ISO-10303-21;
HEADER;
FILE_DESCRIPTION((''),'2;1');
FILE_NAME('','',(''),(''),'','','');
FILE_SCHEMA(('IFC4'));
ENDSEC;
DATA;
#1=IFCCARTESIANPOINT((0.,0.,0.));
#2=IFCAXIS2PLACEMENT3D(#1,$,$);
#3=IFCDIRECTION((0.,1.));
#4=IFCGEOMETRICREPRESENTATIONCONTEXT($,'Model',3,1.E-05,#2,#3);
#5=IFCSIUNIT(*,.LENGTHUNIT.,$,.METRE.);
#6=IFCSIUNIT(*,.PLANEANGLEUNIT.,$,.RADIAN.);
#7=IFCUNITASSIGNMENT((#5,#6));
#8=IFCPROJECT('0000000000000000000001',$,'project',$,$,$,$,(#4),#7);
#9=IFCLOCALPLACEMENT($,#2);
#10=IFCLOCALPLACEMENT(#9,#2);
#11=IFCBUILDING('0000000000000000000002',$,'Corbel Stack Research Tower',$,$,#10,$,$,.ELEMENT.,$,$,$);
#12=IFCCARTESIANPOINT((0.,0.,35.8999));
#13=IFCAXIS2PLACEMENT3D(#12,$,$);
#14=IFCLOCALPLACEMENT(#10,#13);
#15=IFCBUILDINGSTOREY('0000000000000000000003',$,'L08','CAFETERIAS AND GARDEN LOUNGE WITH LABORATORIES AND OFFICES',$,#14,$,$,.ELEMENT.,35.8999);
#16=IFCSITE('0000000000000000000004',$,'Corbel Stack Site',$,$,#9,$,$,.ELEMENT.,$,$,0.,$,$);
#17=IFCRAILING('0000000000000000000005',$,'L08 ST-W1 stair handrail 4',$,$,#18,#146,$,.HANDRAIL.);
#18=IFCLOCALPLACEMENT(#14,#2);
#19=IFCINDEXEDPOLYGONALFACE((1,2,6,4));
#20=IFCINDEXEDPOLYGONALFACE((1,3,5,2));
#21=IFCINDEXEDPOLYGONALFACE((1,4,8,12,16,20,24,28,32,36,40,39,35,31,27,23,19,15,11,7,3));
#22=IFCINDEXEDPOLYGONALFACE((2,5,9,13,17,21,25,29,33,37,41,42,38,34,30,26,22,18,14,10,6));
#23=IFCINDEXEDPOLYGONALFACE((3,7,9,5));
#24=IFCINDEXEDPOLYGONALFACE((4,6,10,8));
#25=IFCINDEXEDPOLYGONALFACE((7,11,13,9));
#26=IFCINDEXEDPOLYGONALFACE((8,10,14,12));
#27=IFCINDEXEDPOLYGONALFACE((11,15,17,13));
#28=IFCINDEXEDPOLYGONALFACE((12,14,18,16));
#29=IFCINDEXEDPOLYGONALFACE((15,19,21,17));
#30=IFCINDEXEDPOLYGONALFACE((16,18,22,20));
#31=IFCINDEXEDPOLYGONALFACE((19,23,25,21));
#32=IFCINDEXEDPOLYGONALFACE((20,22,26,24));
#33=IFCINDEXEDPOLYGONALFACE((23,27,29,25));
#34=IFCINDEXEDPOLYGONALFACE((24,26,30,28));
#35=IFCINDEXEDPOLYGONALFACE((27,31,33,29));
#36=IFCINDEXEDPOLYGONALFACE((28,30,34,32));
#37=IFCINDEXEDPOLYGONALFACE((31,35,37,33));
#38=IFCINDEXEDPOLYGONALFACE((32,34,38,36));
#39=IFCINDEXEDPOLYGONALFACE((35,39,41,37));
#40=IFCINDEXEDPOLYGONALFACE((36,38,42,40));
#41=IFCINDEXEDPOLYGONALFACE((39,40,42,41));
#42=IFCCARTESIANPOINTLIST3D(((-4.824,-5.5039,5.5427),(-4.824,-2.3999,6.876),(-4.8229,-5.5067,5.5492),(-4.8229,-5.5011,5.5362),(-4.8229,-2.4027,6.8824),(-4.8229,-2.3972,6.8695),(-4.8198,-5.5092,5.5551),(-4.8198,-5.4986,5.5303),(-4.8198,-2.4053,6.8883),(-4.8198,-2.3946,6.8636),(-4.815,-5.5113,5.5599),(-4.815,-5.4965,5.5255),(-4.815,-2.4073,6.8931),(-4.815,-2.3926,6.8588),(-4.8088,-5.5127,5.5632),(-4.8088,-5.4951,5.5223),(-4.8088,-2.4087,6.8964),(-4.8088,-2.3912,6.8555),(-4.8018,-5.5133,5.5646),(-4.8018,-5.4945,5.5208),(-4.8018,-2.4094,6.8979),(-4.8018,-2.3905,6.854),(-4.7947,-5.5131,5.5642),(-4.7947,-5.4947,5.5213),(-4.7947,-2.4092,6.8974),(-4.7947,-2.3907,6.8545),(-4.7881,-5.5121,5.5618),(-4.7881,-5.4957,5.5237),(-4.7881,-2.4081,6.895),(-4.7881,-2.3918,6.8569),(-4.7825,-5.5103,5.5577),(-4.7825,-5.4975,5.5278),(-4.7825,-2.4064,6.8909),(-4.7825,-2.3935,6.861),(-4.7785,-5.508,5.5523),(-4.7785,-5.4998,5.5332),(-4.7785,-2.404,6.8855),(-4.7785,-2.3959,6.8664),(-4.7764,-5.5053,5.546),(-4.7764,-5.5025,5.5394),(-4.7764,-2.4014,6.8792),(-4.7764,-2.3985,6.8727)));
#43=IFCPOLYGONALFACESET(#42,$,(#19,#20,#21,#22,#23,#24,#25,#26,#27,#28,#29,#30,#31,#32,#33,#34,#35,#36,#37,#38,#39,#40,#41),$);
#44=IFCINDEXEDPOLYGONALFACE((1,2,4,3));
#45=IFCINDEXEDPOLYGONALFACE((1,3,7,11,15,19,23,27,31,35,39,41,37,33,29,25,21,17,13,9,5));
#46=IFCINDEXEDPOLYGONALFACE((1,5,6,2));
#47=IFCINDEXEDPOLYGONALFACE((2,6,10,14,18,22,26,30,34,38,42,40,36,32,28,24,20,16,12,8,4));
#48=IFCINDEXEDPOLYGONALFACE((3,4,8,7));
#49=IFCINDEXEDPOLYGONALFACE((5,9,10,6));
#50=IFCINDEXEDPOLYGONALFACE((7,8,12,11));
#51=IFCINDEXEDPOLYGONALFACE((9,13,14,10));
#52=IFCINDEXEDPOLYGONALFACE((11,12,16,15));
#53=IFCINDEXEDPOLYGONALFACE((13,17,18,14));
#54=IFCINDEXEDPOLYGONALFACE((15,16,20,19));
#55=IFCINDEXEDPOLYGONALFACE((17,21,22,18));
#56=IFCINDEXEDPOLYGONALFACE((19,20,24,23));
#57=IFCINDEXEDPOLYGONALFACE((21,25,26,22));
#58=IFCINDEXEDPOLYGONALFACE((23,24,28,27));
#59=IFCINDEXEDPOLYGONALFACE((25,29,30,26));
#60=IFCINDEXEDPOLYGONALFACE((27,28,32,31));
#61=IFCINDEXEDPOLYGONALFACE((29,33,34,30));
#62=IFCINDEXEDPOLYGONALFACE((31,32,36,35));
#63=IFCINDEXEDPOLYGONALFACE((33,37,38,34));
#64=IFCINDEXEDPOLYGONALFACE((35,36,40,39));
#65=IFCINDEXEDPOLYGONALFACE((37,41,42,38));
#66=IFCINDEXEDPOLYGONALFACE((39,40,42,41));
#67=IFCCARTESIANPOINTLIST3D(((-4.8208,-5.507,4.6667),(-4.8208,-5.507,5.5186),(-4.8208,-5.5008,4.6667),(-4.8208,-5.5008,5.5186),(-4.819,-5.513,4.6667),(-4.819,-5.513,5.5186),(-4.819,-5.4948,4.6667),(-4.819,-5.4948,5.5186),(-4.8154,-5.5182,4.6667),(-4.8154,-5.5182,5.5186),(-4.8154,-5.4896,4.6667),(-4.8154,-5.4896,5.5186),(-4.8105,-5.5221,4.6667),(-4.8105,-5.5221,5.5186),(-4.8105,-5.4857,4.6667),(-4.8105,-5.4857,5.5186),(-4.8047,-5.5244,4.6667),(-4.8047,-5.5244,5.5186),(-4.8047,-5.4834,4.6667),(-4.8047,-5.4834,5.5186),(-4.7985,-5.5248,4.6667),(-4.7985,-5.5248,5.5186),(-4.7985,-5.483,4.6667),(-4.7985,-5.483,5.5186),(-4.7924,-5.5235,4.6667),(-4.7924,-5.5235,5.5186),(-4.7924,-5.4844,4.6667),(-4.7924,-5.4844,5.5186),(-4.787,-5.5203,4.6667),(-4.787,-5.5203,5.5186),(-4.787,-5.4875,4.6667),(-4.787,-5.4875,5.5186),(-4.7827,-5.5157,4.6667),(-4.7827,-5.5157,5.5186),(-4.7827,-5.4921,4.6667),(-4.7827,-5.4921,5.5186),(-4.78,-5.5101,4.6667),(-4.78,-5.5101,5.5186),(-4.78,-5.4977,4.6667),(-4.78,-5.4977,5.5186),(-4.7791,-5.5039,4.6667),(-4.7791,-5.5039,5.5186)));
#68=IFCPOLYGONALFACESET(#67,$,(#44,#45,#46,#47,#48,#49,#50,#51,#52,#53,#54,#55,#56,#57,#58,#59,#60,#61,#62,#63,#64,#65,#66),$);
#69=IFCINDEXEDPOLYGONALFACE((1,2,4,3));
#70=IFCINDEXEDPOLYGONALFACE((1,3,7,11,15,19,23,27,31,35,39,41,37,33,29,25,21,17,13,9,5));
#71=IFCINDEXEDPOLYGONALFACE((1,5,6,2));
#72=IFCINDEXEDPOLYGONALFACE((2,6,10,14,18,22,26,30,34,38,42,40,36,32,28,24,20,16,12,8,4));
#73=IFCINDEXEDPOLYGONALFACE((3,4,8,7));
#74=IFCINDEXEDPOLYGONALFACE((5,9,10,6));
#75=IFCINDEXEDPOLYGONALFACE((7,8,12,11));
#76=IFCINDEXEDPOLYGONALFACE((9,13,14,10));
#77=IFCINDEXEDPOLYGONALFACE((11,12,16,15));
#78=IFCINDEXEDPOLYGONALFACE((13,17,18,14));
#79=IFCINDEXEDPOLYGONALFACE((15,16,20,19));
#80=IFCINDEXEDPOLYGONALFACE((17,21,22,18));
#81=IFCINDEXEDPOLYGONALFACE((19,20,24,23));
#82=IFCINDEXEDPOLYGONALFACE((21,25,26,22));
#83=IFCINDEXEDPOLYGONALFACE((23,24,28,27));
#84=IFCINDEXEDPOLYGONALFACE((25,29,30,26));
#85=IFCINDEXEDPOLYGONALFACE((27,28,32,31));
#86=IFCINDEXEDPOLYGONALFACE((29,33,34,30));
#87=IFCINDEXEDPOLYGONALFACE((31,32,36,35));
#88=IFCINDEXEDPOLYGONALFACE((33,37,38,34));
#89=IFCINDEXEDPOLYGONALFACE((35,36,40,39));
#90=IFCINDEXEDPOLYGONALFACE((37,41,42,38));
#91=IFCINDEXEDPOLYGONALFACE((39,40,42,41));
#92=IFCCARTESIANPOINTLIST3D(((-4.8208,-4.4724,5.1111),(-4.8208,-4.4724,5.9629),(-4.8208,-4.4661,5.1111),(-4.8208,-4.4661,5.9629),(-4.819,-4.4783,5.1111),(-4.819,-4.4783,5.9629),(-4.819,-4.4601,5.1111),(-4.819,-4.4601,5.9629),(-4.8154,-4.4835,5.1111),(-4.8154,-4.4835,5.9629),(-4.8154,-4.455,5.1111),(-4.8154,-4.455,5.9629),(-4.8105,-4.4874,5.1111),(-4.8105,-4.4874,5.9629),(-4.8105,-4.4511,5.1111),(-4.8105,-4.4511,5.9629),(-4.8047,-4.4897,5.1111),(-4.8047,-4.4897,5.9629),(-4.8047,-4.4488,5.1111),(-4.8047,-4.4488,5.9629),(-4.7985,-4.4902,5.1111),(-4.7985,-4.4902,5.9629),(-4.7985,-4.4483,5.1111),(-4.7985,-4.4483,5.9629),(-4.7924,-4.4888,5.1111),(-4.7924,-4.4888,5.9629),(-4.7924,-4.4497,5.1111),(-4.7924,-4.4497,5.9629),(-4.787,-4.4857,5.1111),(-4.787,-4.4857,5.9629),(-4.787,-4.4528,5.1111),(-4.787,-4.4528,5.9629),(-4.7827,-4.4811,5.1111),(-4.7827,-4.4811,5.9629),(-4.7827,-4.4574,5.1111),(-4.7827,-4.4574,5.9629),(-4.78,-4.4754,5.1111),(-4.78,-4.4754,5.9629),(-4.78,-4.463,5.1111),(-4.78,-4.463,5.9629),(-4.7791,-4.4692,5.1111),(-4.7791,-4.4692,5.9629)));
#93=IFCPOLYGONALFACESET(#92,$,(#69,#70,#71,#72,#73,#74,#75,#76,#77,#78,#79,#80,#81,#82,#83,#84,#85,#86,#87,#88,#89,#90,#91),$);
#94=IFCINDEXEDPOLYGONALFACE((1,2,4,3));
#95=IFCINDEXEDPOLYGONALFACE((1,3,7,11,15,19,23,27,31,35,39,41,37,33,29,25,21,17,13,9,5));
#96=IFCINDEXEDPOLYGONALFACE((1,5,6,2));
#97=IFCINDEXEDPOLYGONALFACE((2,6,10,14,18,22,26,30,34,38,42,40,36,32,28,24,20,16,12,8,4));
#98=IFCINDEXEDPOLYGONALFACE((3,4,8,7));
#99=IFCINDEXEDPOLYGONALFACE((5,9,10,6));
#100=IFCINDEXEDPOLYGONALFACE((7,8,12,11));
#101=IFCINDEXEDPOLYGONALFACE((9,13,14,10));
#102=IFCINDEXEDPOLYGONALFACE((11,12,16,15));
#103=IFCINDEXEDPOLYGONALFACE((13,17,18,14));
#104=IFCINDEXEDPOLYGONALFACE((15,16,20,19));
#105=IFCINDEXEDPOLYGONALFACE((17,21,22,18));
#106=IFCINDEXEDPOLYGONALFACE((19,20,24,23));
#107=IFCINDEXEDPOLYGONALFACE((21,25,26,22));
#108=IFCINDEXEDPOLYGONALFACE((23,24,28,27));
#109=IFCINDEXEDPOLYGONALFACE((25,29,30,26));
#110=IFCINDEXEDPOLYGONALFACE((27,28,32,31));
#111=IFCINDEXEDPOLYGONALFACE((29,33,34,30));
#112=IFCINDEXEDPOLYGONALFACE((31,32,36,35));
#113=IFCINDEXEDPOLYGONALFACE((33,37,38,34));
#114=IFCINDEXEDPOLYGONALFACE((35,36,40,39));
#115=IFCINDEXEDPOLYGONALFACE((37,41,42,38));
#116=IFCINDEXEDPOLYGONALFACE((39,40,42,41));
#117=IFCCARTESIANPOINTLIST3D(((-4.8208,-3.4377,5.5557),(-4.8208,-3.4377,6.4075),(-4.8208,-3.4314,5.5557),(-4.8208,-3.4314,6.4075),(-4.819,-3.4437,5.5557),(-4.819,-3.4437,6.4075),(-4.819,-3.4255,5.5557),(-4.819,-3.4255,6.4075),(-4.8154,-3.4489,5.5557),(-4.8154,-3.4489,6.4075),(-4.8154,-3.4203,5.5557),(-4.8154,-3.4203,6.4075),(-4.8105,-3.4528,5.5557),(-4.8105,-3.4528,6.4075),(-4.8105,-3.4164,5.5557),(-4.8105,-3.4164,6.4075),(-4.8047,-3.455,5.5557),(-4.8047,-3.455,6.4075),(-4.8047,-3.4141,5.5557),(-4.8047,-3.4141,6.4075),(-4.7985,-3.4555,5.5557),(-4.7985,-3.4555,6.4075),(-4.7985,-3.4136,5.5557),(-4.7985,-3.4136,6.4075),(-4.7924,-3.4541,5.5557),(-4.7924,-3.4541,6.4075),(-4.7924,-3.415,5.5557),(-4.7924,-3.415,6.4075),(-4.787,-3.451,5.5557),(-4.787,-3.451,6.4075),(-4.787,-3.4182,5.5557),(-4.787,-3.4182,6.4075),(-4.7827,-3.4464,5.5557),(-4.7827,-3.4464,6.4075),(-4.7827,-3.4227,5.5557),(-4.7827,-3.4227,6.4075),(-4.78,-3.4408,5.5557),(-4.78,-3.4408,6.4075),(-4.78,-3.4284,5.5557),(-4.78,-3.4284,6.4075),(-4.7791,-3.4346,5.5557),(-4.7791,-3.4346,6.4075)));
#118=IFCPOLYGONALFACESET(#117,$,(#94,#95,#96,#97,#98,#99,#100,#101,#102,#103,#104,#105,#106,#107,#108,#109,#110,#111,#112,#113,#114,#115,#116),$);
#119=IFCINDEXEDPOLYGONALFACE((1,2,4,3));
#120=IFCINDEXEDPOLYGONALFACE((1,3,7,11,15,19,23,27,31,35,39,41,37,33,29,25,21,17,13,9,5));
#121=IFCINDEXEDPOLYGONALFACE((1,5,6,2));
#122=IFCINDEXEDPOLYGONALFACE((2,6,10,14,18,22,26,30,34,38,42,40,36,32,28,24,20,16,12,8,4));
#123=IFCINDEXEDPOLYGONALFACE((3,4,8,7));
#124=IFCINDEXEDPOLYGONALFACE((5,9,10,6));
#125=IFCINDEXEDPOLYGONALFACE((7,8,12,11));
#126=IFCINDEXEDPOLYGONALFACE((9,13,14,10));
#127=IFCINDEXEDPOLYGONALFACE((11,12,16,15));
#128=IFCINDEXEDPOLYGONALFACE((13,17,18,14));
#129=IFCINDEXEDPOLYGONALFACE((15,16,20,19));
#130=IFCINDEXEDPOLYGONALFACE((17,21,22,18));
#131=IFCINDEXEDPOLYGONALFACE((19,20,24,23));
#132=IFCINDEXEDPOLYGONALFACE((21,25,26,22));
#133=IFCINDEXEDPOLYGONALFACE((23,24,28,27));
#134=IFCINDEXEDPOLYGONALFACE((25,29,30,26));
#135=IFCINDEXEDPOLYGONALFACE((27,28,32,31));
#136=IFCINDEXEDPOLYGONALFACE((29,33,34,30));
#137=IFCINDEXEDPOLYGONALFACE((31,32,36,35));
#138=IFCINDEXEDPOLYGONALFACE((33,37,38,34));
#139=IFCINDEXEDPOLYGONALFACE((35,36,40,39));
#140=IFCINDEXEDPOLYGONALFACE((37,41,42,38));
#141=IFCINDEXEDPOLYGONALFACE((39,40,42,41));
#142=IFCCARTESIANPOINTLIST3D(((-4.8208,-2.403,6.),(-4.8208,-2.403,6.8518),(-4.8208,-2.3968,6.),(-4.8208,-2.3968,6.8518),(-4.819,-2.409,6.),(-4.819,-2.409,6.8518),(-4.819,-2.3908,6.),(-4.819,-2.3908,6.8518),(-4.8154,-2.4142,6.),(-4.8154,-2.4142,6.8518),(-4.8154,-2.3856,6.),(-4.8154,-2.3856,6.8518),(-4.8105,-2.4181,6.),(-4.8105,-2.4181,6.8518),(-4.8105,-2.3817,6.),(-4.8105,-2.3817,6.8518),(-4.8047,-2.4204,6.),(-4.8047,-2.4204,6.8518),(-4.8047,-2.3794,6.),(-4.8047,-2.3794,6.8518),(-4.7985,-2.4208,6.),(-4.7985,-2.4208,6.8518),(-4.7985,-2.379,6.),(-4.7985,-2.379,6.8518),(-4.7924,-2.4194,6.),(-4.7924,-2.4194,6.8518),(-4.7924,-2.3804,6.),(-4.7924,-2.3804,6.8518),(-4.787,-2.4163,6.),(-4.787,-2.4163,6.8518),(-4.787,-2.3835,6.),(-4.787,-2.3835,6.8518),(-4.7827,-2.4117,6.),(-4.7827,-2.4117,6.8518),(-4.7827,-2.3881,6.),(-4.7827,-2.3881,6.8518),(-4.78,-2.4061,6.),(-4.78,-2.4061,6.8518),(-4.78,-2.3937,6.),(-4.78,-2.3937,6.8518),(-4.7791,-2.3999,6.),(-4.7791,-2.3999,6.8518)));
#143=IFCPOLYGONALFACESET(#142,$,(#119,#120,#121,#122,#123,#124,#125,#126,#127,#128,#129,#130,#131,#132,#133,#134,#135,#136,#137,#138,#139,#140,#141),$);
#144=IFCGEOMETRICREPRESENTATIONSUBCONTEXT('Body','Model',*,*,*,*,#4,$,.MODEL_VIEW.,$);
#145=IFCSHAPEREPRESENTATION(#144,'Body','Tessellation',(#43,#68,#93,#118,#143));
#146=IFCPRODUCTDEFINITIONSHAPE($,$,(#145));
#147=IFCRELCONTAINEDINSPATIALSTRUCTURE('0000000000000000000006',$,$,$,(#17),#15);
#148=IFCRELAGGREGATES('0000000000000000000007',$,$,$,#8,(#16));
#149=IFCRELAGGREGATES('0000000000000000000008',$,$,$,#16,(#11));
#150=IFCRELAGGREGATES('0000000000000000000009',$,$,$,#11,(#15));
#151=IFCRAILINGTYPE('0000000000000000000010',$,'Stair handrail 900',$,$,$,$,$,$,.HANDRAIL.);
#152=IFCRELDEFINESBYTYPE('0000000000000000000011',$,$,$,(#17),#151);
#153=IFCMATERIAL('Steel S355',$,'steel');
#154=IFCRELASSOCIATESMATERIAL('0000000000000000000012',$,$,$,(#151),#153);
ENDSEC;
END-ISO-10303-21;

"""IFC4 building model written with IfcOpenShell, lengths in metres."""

from ifc_helpers import new_model, si_unit, direction, frame, origin, origin_2d, place, context, subcontext, project, spatial, circle, extrude, material, type_object, element, save


model = new_model("IFC4")

# Units and contexts
model_context = context("Model", 3, precision=1e-05, world=origin(), true_north=direction((0.0, 1.0)))
body_context = subcontext(model_context, "Body", "Model", "MODEL_VIEW")
ifc_project = project(units=[si_unit("LENGTHUNIT", "METRE"), si_unit("PLANEANGLEUNIT", "RADIAN")], contexts=[model_context])

# Site, building, storey
site_placement = place(None, origin())
site = spatial("IfcSite", under=ifc_project, at=site_placement, Name="Corbel Stack Site", CompositionType="ELEMENT", RefElevation=0.0)
building_placement = place(site_placement, origin())
building = spatial("IfcBuilding", under=site, at=building_placement, Name="Corbel Stack Research Tower", CompositionType="ELEMENT")
storey_placement = place(building_placement, frame((0.0, 0.0, 35.8999)))
storey = spatial("IfcBuildingStorey", under=building, at=storey_placement, Name="L08", Description="CAFETERIAS AND GARDEN LOUNGE WITH LABORATORIES AND OFFICES", CompositionType="ELEMENT", Elevation=35.8999)

# Railing
ifc_material_1 = material(Name="Steel S355", Category="steel")
railing_type = type_object("IfcRailingType", Name="Stair handrail 900", PredefinedType="HANDRAIL", material=ifc_material_1)
railing_placement = place(storey_placement, frame((-4.8, -5.5039, 4.6667)))
element("IfcRailing", 1, at=railing_placement, inside=storey, type_object=railing_type, Name="L08 ST-W1 stair handrail 4", PredefinedType="HANDRAIL", context=body_context, shape_type="SweptSolid", body=[
    extrude(circle(Radius=0.0239, at=origin_2d()), frame((0.0, 0.0, 0.876), z_axis=(0.0, 0.918827, 0.394661), x_axis=(-1.0, 0.0, 0.0)), (0.0, 0.0, 1.0), 3.3782),
    extrude(circle(Radius=0.021, at=origin_2d()), origin(), (0.0, 0.0, 1.0), 0.8518),
    extrude(circle(Radius=0.021, at=origin_2d()), frame((0.0, 1.0347, 0.4443)), (0.0, 0.0, 1.0), 0.8518),
    extrude(circle(Radius=0.021, at=origin_2d()), frame((0.0, 2.0693, 0.8889)), (0.0, 0.0, 1.0), 0.8518),
    extrude(circle(Radius=0.021, at=origin_2d()), frame((0.0, 3.104, 1.3333)), (0.0, 0.0, 1.0), 0.8518),
])

save(model, "model.ifc")
